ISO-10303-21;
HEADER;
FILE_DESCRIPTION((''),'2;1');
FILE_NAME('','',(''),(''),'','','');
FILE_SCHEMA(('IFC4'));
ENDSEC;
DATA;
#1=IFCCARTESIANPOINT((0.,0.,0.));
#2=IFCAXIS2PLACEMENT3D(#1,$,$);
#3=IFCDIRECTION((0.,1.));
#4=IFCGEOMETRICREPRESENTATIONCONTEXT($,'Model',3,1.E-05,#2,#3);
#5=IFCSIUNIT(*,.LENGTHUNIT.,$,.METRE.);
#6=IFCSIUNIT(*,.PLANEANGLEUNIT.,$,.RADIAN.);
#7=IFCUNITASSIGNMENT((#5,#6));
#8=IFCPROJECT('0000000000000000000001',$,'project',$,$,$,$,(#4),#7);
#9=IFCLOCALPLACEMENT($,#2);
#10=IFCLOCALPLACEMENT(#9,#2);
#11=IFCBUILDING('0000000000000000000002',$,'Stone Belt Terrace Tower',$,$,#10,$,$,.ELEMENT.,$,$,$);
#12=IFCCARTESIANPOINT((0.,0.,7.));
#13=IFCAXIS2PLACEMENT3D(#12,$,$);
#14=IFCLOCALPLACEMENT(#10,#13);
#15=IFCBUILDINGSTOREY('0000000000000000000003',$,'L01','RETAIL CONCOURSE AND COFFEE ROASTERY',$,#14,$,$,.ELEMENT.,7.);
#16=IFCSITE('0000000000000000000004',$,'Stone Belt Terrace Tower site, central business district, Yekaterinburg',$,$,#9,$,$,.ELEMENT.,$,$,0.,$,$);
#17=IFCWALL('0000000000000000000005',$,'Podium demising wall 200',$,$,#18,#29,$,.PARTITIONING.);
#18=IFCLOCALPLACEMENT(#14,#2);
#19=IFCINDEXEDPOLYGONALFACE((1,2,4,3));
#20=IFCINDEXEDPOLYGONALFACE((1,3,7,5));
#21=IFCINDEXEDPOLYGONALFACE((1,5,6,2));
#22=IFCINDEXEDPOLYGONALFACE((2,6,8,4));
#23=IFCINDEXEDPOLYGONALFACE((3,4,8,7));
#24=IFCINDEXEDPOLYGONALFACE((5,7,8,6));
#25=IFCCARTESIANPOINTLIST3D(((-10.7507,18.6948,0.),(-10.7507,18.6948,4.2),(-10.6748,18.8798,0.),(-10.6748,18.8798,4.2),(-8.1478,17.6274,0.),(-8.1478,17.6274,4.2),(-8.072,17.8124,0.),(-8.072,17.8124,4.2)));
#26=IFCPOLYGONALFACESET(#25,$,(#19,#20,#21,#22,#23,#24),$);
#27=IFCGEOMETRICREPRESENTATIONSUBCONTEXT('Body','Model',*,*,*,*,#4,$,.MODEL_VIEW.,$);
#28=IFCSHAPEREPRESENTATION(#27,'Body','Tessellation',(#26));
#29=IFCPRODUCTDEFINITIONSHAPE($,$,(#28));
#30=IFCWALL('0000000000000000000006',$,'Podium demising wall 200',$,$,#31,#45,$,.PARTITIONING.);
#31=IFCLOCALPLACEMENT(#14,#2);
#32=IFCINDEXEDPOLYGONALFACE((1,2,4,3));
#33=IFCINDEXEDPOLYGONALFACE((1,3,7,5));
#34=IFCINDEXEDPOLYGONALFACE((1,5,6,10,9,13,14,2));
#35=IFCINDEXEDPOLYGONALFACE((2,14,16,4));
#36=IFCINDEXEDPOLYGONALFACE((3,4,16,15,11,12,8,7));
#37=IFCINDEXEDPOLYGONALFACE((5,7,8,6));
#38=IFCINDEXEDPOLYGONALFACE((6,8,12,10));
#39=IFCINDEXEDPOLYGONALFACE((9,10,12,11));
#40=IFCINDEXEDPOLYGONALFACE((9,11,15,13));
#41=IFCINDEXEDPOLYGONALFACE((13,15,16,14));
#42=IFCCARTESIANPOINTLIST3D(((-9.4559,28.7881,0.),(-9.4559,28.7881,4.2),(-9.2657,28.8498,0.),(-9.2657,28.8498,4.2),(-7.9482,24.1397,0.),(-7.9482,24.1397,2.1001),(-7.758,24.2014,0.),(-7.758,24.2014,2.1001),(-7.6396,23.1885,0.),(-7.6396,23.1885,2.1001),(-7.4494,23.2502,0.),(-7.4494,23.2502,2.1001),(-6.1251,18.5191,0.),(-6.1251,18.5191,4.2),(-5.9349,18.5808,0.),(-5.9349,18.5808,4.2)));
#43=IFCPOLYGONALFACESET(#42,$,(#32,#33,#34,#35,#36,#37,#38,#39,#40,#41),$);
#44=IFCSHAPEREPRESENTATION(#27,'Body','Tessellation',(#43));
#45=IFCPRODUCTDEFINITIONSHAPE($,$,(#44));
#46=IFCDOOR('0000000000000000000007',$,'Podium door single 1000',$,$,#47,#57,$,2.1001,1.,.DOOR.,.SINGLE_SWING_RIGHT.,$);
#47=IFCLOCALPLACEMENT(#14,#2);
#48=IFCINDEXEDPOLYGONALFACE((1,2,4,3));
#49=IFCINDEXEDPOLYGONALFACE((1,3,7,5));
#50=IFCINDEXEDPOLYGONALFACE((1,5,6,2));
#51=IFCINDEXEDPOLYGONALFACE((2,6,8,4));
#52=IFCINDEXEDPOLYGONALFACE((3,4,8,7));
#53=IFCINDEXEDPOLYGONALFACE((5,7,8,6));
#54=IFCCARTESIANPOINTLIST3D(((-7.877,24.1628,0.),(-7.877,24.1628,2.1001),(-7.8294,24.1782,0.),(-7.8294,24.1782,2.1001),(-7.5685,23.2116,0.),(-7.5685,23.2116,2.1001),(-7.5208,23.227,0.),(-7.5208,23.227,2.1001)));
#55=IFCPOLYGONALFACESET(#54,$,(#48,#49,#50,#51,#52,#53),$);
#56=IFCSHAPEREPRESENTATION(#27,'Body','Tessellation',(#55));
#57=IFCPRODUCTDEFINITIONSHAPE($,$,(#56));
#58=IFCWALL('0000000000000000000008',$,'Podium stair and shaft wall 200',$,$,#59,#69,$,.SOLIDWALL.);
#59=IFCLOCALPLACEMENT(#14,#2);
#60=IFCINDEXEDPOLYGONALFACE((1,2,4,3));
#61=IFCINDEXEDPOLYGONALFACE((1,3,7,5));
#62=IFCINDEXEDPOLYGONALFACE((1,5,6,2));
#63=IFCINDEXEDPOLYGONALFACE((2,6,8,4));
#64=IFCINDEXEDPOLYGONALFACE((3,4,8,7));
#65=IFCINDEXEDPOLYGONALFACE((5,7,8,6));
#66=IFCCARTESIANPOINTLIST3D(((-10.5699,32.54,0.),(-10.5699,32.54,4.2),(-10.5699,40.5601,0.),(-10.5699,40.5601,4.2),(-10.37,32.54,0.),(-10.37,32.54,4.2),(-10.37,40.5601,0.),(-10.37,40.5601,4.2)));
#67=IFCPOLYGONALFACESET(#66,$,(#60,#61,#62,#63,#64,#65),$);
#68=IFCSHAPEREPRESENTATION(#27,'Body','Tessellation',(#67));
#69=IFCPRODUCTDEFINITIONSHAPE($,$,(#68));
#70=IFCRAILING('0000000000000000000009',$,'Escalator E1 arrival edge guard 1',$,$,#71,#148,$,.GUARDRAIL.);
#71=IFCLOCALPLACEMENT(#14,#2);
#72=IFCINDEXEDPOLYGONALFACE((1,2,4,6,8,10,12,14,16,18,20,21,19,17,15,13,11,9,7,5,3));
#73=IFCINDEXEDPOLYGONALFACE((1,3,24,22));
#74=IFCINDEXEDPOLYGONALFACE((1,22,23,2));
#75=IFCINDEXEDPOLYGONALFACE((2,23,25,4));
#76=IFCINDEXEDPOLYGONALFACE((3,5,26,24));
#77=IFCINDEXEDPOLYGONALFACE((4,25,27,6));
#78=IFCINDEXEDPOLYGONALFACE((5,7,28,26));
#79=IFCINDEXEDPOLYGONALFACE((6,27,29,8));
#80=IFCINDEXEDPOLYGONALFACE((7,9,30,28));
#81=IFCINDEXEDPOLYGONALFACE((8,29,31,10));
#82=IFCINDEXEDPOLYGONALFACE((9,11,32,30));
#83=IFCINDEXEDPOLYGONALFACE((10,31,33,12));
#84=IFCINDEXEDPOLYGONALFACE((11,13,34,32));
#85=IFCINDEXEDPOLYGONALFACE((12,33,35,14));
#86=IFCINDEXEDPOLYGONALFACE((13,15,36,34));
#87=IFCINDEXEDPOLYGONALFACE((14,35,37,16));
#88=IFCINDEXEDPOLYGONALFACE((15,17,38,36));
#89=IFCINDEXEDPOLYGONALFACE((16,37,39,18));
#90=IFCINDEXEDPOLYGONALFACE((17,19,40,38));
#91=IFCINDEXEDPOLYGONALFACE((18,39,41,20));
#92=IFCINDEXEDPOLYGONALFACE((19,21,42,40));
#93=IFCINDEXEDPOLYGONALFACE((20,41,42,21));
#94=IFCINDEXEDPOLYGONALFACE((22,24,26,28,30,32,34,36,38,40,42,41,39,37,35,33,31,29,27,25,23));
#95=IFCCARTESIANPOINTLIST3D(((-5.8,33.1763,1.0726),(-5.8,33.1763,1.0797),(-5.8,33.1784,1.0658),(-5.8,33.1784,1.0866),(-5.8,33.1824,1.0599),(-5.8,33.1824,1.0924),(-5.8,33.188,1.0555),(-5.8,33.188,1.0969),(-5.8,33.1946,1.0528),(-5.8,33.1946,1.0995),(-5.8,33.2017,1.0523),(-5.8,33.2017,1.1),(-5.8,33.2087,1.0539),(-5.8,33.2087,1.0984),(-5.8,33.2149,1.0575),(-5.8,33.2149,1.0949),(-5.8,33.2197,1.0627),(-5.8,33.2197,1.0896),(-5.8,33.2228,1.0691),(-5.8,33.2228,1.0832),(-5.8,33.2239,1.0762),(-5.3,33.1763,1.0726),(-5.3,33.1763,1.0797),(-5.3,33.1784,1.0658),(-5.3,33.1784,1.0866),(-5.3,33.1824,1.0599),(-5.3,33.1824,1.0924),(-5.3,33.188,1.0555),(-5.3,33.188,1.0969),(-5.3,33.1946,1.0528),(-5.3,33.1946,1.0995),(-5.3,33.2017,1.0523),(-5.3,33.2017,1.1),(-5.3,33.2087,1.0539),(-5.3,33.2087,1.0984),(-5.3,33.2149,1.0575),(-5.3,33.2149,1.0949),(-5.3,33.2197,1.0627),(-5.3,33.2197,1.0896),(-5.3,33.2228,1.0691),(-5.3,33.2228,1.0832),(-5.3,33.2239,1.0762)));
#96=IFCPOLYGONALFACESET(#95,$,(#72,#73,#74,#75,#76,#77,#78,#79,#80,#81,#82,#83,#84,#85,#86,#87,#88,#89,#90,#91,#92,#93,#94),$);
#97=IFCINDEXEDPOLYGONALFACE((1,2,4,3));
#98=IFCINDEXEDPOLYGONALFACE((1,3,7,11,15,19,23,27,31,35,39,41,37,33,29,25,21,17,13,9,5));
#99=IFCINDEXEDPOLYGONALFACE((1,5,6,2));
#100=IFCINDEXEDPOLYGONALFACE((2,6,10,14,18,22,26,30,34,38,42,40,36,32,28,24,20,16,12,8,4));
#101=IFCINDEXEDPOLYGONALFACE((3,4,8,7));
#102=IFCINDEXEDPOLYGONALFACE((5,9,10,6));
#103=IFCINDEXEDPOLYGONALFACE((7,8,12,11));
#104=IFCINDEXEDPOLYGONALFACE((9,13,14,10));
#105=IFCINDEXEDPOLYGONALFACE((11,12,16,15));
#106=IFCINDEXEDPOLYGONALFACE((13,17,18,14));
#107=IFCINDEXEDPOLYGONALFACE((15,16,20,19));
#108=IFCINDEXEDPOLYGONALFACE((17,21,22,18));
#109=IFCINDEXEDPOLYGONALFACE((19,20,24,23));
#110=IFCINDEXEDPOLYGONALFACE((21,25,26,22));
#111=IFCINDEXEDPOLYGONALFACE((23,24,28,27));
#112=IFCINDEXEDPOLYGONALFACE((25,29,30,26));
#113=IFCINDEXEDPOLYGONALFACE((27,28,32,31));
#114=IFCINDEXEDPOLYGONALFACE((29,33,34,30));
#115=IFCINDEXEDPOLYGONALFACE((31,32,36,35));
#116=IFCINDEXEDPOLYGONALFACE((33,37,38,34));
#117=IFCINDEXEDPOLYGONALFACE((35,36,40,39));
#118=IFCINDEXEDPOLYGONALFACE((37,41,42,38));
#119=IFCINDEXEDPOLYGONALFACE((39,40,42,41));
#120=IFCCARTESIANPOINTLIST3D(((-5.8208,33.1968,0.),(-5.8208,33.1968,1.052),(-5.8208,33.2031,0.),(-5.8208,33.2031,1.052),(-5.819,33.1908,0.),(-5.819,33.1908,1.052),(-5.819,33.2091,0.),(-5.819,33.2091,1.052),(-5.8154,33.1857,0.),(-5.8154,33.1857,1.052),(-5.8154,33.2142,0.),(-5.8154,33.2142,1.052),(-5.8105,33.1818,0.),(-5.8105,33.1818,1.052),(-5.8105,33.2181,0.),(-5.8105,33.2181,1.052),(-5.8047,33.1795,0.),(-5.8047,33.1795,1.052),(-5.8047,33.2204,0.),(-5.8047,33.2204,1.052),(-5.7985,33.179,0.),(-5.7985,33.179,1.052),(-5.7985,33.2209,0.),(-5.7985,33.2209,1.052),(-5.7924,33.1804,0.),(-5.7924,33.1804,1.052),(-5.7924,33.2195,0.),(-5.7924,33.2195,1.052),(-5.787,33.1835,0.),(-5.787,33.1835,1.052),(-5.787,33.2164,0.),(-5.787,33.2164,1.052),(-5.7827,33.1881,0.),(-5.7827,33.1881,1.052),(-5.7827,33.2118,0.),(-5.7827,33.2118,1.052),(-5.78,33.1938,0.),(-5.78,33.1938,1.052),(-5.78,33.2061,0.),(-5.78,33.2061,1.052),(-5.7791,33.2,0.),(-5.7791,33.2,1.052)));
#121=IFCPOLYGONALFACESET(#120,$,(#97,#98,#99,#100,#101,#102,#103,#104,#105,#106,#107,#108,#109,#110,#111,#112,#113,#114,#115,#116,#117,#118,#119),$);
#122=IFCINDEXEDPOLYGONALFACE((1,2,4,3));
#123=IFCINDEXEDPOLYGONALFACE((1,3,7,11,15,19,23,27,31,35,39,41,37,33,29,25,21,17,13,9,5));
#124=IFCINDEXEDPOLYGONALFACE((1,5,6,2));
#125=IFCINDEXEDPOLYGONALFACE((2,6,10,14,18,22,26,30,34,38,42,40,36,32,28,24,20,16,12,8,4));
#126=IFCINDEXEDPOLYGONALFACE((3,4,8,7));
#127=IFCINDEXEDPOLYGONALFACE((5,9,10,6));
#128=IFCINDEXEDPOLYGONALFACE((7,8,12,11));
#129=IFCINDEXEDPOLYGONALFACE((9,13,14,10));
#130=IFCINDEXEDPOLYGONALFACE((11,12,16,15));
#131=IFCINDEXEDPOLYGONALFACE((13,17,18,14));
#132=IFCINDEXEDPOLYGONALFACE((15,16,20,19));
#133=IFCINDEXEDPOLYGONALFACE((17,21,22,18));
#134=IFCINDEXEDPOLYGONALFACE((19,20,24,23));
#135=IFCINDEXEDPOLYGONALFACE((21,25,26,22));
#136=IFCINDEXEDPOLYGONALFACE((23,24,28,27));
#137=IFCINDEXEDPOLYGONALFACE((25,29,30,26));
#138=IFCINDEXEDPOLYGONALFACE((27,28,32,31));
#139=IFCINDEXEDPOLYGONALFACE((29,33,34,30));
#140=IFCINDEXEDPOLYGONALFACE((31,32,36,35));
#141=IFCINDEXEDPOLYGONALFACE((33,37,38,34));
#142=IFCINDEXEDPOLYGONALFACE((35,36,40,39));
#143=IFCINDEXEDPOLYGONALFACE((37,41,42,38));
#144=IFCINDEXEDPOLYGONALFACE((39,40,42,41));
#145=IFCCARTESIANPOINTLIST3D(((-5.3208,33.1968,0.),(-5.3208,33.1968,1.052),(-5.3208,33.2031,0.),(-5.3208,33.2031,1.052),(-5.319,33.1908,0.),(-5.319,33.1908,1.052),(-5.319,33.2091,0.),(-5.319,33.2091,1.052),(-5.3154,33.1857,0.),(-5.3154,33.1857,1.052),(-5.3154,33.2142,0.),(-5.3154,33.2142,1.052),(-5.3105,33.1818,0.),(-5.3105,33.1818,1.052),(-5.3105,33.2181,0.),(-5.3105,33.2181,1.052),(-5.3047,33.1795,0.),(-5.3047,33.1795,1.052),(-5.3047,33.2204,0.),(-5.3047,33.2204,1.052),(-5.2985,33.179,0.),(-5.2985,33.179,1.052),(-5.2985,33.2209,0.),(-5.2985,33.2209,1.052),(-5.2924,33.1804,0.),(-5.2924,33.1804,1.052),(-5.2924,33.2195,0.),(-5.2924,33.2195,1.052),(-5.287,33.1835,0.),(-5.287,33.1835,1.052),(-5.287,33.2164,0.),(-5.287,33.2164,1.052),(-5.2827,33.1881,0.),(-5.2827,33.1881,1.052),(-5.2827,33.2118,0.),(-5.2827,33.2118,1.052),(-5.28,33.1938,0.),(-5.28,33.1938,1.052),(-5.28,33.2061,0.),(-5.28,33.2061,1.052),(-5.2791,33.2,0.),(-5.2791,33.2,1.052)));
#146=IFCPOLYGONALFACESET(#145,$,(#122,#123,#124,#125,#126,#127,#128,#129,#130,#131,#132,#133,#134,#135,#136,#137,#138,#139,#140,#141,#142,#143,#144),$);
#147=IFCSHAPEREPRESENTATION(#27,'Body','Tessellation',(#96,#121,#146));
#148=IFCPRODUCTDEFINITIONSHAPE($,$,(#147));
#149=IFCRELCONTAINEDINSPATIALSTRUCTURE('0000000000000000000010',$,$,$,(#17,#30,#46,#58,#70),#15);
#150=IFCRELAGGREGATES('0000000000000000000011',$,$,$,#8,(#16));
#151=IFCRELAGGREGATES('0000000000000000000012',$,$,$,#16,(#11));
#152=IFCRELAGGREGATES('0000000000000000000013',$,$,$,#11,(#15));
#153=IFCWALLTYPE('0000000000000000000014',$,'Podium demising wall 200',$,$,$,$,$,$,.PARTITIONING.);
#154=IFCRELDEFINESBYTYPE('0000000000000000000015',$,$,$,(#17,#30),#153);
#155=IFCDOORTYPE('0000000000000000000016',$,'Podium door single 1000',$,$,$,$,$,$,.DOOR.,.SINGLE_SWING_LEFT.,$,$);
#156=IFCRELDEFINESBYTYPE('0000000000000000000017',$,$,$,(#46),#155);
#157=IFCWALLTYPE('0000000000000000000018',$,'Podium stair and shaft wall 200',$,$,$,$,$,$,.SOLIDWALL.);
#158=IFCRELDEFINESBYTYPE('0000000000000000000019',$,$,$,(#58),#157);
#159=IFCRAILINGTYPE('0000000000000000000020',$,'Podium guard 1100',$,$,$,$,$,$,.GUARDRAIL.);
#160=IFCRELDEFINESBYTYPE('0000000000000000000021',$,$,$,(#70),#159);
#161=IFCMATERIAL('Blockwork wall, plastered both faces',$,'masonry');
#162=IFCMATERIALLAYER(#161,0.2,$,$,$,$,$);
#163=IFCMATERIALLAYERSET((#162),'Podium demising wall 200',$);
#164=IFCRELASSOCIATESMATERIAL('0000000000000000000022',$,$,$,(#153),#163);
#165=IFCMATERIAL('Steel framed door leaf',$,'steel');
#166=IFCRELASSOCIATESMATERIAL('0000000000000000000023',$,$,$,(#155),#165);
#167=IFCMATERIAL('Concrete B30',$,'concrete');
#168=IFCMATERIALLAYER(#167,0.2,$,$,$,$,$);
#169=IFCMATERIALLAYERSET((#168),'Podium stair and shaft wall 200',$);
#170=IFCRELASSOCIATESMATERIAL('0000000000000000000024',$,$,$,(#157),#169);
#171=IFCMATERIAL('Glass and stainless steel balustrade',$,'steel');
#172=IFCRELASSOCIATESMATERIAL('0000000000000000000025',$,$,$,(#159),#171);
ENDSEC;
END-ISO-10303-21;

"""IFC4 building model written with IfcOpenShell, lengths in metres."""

from ifc_helpers import new_model, si_unit, direction, frame, frame_2d, origin, origin_2d, place, context, subcontext, project, spatial, rectangle, circle, extrude, material, layer, layer_set, type_object, element, fill, save


model = new_model("IFC4")

# Units and contexts
model_context = context("Model", 3, precision=1e-05, world=origin(), true_north=direction((0.0, 1.0)))
body_context = subcontext(model_context, "Body", "Model", "MODEL_VIEW")
ifc_project = project(units=[si_unit("LENGTHUNIT", "METRE"), si_unit("PLANEANGLEUNIT", "RADIAN")], contexts=[model_context])

# Site, building, storey
site_placement = place(None, origin())
site = spatial("IfcSite", under=ifc_project, at=site_placement, Name="Stone Belt Terrace Tower site, central business district, Yekaterinburg", CompositionType="ELEMENT", RefElevation=0.0)
building_placement = place(site_placement, origin())
building = spatial("IfcBuilding", under=site, at=building_placement, Name="Stone Belt Terrace Tower", CompositionType="ELEMENT")
storey_placement = place(building_placement, frame((0.0, 0.0, 7.0)))
storey = spatial("IfcBuildingStorey", under=building, at=storey_placement, Name="L01", Description="RETAIL CONCOURSE AND COFFEE ROASTERY", CompositionType="ELEMENT", Elevation=7.0)

# Wall
ifc_material_1 = material(Name="Blockwork wall, plastered both faces", Category="masonry")
ifc_layer_1 = layer(ifc_material_1, 0.2)
ifc_layer_set_1 = layer_set([ifc_layer_1], Name="Podium demising wall 200")
wall_type_1 = type_object("IfcWallType", Name="Podium demising wall 200", PredefinedType="PARTITIONING", material=ifc_layer_set_1)
wall_1_placement = place(storey_placement, frame((-10.7129, 18.7874, 0.0), z_axis=(0.0, 0.0, 1.0), x_axis=(0.925222, -0.379427, 0.0)))
element("IfcWall", 1, at=wall_1_placement, inside=storey, type_object=wall_type_1, Name="Podium demising wall 200", PredefinedType="PARTITIONING", context=body_context, shape_type="SweptSolid", body=[
    extrude(rectangle(XDim=2.8132, YDim=0.2, at=frame_2d((1.4067, 0.0))), origin(), (0.0, 0.0, 1.0), 4.2),
])

# Wall, opening, door
wall_2_placement = place(storey_placement, frame((-9.3608, 28.8191, 0.0), z_axis=(0.0, 0.0, 1.0), x_axis=(0.308531, -0.951214, 0.0)))
wall_2 = element("IfcWall", 2, at=wall_2_placement, inside=storey, type_object=wall_type_1, Name="Podium demising wall 200", PredefinedType="PARTITIONING", context=body_context, shape_type="SweptSolid", body=[
    extrude(rectangle(XDim=10.7957, YDim=0.2, at=frame_2d((5.3979, 0.0))), origin(), (0.0, 0.0, 1.0), 4.2),
])
opening_placement = place(wall_2_placement, frame((4.887, 0.0, 0.0)))
opening = element("IfcOpeningElement", 3, at=opening_placement, cuts=wall_2, PredefinedType="OPENING", context=body_context, shape_type="SweptSolid", body=[
    extrude(rectangle(XDim=1.0, YDim=2.1001, at=frame_2d((0.5, 1.05))), frame((0.0, 0.1099, 0.0), z_axis=(0.0, -1.0, 0.0), x_axis=(1.0, 0.0, 0.0)), (0.0, 0.0, 1.0), 0.22),
])
ifc_material_2 = material(Name="Steel framed door leaf", Category="steel")
door_type = type_object("IfcDoorType", Name="Podium door single 1000", OperationType="SINGLE_SWING_LEFT", PredefinedType="DOOR", material=ifc_material_2)
door_placement = place(opening_placement, origin())
door = element("IfcDoor", 4, at=door_placement, inside=storey, type_object=door_type, Name="Podium door single 1000", OperationType="SINGLE_SWING_RIGHT", OverallHeight=2.1001, OverallWidth=1.0, PredefinedType="DOOR", context=body_context, shape_type="SweptSolid", body=[
    extrude(rectangle(XDim=1.0, YDim=2.1001, at=frame_2d((0.5, 1.05))), frame((0.0, 0.0249, 0.0), z_axis=(0.0, -1.0, 0.0), x_axis=(1.0, 0.0, 0.0)), (0.0, 0.0, 1.0), 0.05),
])
fill(opening, door)

# Wall
ifc_material_3 = material(Name="Concrete B30", Category="concrete")
ifc_layer_2 = layer(ifc_material_3, 0.2)
ifc_layer_set_2 = layer_set([ifc_layer_2], Name="Podium stair and shaft wall 200")
wall_type_2 = type_object("IfcWallType", Name="Podium stair and shaft wall 200", PredefinedType="SOLIDWALL", material=ifc_layer_set_2)
wall_3_placement = place(storey_placement, frame((-10.47, 32.54, 0.0), z_axis=(0.0, 0.0, 1.0), x_axis=(0.0, 1.0, 0.0)))
element("IfcWall", 5, at=wall_3_placement, inside=storey, type_object=wall_type_2, Name="Podium stair and shaft wall 200", PredefinedType="SOLIDWALL", context=body_context, shape_type="SweptSolid", body=[
    extrude(rectangle(XDim=8.02, YDim=0.2, at=frame_2d((4.01, 0.0))), origin(), (0.0, 0.0, 1.0), 4.2),
])

# Railing
ifc_material_4 = material(Name="Glass and stainless steel balustrade", Category="steel")
railing_type = type_object("IfcRailingType", Name="Podium guard 1100", PredefinedType="GUARDRAIL", material=ifc_material_4)
railing_1_placement = place(storey_placement, frame((-5.8, 33.2, 0.0)))
element("IfcRailing", 6, at=railing_1_placement, inside=storey, type_object=railing_type, Name="Escalator E1 arrival edge guard 1", PredefinedType="GUARDRAIL", context=body_context, shape_type="SweptSolid", body=[
    extrude(circle(Radius=0.0239, at=origin_2d()), frame((0.0, 0.0, 1.0762), z_axis=(1.0, 0.0, 0.0), x_axis=(0.0, 1.0, 0.0)), (0.0, 0.0, 1.0), 0.5),
    extrude(circle(Radius=0.021, at=origin_2d()), origin(), (0.0, 0.0, 1.0), 1.052),
    extrude(circle(Radius=0.021, at=origin_2d()), frame((0.5, 0.0, 0.0)), (0.0, 0.0, 1.0), 1.052),
])

save(model, "model.ifc")
